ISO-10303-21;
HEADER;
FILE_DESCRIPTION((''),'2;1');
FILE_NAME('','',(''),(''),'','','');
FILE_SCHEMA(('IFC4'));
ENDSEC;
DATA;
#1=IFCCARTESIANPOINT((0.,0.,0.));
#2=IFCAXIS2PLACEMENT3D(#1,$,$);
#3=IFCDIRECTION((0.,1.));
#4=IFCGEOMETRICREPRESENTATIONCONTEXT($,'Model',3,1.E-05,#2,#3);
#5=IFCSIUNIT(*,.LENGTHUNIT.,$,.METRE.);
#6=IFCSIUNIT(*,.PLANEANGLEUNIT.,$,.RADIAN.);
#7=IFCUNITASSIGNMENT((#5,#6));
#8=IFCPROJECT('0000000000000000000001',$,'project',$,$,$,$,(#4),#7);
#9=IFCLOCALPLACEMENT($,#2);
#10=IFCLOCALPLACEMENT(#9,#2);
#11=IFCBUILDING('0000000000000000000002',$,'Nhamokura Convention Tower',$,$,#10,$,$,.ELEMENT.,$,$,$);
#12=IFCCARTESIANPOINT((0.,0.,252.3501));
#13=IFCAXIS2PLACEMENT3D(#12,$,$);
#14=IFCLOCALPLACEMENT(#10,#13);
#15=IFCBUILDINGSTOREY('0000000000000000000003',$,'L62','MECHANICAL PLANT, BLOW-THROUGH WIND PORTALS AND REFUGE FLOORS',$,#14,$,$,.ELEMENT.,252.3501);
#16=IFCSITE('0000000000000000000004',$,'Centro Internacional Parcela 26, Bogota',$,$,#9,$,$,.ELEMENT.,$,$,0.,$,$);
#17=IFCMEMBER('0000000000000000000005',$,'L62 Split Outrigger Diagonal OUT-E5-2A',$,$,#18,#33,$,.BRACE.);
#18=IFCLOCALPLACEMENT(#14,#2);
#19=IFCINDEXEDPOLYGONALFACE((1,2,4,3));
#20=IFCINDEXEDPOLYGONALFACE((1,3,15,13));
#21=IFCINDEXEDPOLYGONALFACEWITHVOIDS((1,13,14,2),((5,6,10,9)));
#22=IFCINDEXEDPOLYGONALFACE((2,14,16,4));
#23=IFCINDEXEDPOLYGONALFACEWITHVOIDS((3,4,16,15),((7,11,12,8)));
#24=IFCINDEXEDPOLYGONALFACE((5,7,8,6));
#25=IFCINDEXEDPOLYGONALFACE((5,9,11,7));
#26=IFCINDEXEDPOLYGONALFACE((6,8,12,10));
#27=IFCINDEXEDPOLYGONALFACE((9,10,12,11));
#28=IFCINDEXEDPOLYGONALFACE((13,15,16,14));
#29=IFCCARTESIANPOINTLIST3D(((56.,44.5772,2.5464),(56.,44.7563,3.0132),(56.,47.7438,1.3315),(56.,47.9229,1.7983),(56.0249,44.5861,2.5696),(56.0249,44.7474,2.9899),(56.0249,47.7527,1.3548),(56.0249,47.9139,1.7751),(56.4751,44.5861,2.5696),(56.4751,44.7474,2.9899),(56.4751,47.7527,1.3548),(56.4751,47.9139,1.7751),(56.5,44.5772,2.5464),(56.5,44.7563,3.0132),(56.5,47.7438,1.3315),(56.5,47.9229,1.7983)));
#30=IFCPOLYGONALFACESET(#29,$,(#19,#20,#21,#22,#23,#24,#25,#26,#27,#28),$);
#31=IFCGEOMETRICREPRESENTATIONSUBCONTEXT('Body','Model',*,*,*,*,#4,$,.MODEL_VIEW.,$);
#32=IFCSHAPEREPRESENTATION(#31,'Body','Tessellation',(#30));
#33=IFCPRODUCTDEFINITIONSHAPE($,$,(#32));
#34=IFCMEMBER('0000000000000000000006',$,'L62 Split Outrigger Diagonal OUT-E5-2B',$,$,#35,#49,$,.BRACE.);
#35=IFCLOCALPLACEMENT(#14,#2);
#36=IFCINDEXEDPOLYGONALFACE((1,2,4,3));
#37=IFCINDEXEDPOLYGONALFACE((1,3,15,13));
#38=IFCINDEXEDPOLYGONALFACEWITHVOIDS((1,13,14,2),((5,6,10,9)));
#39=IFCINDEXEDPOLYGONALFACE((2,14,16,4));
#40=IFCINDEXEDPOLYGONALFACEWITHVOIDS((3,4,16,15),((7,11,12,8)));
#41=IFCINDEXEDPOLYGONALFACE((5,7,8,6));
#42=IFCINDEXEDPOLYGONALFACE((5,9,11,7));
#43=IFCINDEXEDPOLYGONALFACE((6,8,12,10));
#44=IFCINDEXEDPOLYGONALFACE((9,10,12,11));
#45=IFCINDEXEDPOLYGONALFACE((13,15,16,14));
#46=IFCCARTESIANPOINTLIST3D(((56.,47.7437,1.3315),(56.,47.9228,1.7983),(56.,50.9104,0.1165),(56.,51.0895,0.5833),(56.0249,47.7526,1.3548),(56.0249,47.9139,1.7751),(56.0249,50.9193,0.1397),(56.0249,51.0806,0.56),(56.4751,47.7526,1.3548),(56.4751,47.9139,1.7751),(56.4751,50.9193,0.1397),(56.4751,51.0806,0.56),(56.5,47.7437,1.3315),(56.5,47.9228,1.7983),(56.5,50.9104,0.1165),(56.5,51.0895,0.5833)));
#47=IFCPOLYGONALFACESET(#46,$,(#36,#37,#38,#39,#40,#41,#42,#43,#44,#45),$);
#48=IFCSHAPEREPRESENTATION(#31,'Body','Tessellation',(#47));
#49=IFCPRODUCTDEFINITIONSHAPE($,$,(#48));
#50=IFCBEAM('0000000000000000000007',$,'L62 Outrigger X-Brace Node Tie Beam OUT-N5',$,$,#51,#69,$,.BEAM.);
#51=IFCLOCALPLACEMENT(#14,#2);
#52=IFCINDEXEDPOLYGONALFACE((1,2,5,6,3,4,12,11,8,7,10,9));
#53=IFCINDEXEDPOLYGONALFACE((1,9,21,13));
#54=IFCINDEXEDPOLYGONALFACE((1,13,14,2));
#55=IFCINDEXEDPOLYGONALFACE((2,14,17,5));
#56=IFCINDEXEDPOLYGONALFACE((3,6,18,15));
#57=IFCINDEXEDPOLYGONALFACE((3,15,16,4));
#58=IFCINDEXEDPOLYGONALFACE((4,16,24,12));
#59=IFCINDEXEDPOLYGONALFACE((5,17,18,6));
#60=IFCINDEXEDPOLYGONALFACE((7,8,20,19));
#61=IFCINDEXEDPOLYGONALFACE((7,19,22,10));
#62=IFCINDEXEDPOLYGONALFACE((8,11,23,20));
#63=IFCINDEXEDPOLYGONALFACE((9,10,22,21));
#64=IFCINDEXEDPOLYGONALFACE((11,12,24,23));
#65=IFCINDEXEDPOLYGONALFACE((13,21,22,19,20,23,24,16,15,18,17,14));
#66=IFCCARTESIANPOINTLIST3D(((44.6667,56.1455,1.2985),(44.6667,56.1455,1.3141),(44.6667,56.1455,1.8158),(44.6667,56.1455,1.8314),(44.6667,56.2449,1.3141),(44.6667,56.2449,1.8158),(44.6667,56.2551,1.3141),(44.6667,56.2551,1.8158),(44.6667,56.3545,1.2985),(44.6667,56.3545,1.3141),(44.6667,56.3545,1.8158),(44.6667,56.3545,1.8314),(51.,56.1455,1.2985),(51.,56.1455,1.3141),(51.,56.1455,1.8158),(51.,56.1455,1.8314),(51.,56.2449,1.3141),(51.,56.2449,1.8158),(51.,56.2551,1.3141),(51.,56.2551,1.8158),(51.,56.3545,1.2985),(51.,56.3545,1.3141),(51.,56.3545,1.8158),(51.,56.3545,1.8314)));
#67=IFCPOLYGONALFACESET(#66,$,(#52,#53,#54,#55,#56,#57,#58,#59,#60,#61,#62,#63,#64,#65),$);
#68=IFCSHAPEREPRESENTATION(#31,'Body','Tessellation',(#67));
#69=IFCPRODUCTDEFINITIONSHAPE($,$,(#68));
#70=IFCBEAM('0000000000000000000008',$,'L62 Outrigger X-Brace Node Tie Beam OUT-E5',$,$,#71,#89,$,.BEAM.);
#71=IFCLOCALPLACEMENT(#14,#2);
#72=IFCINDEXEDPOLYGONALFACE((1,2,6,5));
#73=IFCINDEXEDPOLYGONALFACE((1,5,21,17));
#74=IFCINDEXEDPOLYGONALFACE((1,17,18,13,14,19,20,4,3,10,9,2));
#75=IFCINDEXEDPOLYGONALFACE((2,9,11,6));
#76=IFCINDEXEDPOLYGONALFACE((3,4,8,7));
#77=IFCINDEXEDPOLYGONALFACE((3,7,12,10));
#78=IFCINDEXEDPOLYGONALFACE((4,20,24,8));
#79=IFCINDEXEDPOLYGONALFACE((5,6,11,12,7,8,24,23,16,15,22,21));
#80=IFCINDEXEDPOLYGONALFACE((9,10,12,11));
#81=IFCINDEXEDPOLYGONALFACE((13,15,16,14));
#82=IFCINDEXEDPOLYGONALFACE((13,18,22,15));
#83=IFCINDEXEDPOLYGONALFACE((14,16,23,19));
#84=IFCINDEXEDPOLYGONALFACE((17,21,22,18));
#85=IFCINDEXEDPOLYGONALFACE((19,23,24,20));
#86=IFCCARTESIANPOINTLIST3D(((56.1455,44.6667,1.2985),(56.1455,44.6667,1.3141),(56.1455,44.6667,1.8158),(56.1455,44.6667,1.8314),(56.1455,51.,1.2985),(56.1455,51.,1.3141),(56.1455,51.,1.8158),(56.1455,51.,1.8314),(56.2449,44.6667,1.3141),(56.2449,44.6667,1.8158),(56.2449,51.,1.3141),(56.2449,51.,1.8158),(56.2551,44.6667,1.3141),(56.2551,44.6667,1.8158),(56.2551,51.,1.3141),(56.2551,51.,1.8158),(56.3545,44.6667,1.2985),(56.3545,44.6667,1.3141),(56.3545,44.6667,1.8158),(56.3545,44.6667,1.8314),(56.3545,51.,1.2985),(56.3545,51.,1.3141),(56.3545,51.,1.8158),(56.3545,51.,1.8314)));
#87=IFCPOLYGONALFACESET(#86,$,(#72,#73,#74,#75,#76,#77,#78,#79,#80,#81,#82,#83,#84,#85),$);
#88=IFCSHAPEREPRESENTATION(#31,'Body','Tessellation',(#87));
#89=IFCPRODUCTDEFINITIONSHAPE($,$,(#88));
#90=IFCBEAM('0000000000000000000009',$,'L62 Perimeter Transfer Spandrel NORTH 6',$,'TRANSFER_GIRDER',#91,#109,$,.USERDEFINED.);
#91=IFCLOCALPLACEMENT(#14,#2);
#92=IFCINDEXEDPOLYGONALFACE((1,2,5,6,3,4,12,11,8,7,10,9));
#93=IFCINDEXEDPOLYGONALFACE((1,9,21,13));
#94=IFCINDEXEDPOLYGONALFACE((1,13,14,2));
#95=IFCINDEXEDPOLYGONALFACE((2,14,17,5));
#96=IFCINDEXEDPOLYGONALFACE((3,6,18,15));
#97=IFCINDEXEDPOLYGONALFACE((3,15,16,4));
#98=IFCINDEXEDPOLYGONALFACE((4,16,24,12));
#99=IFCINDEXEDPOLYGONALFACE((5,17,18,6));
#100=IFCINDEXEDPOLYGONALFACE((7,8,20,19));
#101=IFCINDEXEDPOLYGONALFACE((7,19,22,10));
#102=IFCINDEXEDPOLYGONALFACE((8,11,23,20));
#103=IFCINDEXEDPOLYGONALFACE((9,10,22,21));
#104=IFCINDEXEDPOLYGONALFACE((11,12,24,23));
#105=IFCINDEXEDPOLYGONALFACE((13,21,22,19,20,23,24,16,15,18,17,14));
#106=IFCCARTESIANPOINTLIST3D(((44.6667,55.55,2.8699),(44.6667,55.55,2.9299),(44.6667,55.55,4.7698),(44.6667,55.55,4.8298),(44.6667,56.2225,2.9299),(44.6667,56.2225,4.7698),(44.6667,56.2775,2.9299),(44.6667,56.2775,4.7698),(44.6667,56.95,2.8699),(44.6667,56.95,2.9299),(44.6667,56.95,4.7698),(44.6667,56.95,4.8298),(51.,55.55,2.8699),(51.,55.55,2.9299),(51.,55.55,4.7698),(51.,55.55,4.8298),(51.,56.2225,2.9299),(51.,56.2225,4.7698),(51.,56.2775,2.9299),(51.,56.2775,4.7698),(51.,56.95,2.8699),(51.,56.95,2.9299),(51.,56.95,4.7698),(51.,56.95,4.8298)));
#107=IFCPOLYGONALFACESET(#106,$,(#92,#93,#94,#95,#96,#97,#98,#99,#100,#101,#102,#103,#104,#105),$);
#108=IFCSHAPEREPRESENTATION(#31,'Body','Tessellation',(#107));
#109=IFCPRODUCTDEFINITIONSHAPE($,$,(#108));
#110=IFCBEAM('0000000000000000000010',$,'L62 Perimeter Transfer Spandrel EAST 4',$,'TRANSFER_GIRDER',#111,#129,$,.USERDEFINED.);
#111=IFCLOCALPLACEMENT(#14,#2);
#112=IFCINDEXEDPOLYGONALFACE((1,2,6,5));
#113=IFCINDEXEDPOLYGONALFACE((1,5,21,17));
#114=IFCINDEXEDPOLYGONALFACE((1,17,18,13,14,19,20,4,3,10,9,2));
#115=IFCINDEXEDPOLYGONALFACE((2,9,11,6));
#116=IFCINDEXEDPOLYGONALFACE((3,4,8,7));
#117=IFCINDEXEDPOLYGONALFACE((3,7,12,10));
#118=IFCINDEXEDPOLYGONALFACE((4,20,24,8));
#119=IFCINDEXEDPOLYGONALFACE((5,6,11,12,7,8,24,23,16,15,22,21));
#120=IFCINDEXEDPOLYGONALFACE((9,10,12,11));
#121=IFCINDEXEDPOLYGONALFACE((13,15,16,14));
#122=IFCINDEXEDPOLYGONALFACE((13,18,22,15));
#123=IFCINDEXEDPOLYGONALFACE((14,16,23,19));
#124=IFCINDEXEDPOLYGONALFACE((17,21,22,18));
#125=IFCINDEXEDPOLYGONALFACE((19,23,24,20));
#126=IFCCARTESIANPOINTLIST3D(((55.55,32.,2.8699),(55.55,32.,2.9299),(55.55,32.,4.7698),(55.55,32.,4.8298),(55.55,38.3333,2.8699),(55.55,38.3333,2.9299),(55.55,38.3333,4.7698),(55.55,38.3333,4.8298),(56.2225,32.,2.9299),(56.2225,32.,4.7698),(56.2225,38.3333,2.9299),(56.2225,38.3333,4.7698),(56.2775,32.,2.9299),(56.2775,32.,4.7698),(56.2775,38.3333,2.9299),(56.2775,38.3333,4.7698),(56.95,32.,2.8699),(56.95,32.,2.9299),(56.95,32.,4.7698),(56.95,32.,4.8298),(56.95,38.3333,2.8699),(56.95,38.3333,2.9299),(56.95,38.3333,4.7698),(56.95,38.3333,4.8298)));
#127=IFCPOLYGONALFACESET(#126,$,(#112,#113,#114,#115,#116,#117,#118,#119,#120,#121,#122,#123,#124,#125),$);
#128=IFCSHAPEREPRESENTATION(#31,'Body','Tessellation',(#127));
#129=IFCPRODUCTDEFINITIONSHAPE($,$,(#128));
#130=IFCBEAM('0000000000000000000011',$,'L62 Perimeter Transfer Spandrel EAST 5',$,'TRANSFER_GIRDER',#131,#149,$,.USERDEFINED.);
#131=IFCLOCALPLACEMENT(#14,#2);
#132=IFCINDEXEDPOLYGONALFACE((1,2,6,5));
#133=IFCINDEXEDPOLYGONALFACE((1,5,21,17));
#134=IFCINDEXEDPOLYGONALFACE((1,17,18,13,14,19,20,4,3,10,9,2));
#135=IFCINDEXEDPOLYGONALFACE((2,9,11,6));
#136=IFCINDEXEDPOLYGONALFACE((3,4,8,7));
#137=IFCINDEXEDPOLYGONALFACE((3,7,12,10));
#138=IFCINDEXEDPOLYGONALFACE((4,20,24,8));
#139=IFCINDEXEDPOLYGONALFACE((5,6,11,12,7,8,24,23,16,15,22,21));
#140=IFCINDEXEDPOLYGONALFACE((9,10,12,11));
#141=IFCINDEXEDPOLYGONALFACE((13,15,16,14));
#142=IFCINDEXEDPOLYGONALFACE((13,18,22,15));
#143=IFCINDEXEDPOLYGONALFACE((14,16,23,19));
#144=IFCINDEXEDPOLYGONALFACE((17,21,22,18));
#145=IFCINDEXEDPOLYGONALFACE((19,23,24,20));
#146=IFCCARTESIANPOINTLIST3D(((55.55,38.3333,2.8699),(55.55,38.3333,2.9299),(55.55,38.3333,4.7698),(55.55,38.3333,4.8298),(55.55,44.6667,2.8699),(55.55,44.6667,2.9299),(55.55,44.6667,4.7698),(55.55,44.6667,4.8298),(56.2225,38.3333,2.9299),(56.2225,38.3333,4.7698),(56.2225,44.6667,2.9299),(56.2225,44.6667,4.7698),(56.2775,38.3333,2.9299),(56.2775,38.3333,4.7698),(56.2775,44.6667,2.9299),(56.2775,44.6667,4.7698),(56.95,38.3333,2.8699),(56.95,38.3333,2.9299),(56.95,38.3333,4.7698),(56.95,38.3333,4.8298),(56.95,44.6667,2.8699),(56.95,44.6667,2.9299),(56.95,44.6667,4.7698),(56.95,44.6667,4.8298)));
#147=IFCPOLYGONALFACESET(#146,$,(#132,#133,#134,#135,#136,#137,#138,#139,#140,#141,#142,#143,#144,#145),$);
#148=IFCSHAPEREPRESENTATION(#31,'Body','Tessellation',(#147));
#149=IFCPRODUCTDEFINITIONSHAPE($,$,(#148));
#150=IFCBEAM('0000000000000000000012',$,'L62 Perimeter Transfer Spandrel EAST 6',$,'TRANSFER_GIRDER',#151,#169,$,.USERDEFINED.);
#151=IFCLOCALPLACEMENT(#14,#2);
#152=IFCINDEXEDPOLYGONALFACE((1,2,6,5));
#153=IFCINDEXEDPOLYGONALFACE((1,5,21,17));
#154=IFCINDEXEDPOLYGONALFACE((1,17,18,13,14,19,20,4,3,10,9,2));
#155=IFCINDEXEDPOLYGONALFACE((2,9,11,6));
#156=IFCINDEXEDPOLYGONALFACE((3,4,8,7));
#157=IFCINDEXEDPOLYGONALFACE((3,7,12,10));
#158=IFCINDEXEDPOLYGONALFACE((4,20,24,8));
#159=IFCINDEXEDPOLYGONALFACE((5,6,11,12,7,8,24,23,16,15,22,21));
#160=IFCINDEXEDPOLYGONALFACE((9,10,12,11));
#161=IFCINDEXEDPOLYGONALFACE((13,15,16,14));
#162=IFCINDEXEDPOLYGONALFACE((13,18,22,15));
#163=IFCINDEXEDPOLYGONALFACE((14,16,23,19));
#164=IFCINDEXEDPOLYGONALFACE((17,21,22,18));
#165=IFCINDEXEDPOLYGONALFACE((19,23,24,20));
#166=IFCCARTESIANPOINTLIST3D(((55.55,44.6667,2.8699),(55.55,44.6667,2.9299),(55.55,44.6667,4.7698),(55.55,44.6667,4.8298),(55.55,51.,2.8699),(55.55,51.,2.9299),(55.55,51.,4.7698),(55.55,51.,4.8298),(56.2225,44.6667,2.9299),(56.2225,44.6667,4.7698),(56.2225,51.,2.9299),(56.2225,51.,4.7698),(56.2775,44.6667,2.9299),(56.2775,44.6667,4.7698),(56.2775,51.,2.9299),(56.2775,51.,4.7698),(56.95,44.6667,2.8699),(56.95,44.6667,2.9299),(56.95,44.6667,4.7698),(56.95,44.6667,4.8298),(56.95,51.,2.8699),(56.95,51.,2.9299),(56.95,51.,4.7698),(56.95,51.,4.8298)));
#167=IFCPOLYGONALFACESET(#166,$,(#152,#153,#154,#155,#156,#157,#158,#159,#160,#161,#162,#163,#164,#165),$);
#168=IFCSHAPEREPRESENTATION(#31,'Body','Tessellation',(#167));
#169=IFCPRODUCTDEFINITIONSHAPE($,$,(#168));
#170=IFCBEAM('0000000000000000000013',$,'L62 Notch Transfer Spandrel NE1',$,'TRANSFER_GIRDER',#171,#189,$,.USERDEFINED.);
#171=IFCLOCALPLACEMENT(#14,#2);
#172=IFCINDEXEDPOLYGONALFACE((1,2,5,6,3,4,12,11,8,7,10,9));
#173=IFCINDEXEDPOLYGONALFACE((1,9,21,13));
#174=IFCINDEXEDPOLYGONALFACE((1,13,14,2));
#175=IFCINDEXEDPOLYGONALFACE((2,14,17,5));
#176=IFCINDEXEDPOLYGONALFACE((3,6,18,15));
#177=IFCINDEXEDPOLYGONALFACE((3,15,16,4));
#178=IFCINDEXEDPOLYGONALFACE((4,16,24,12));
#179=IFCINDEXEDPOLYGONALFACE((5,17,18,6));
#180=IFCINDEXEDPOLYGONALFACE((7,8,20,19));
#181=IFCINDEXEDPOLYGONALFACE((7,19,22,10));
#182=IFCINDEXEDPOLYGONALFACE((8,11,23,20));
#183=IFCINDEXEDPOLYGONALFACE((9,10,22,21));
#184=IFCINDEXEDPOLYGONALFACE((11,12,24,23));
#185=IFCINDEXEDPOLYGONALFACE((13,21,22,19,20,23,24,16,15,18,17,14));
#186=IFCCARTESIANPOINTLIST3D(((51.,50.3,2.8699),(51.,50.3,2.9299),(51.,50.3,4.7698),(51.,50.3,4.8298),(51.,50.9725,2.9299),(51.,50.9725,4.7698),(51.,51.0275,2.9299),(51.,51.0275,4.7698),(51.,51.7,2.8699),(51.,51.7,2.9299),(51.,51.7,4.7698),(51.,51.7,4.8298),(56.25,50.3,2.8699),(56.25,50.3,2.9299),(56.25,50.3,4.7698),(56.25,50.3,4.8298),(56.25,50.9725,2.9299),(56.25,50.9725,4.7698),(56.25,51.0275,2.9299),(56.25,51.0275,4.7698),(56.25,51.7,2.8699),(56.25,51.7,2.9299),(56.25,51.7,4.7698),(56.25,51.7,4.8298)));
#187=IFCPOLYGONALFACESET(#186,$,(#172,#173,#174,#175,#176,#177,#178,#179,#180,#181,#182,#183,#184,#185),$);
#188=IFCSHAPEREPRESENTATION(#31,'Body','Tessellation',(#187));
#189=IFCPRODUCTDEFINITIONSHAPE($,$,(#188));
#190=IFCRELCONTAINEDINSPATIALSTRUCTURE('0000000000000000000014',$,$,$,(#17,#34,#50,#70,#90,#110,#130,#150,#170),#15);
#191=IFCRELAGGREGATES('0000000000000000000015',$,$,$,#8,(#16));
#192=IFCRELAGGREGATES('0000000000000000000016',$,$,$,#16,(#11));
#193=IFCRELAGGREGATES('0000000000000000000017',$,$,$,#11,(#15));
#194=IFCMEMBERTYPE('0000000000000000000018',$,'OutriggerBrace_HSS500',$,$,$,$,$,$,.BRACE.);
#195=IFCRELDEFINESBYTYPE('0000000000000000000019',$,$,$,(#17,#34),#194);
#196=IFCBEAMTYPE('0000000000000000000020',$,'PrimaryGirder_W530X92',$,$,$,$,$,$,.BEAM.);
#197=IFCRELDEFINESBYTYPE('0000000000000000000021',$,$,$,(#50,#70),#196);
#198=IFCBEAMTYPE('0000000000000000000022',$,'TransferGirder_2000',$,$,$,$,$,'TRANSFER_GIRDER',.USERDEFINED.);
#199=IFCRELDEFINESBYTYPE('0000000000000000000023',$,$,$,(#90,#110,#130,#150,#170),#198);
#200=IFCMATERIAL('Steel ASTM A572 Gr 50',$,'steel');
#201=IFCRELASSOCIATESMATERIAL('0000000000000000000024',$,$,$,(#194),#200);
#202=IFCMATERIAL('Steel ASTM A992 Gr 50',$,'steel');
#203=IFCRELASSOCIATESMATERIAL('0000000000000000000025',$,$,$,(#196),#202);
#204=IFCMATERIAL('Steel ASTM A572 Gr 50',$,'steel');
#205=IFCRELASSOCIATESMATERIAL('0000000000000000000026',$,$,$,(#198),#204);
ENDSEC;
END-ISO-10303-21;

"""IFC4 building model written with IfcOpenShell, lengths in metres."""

from ifc_helpers import new_model, si_unit, direction, frame, origin, origin_2d, place, context, subcontext, project, spatial, hollow_rectangle, i_section, extrude, material, material_profile, profile_set, type_object, element, save


model = new_model("IFC4")

# Units and contexts
model_context = context("Model", 3, precision=1e-05, world=origin(), true_north=direction((0.0, 1.0)))
body_context = subcontext(model_context, "Body", "Model", "MODEL_VIEW")
ifc_project = project(units=[si_unit("LENGTHUNIT", "METRE"), si_unit("PLANEANGLEUNIT", "RADIAN")], contexts=[model_context])

# Site, building, storey
site_placement = place(None, origin())
site = spatial("IfcSite", under=ifc_project, at=site_placement, Name="Centro Internacional Parcela 26, Bogota", CompositionType="ELEMENT", RefElevation=0.0)
building_placement = place(site_placement, origin())
building = spatial("IfcBuilding", under=site, at=building_placement, Name="Nhamokura Convention Tower", CompositionType="ELEMENT")
storey_placement = place(building_placement, frame((0.0, 0.0, 252.3501)))
storey = spatial("IfcBuildingStorey", under=building, at=storey_placement, Name="L62", Description="MECHANICAL PLANT, BLOW-THROUGH WIND PORTALS AND REFUGE FLOORS", CompositionType="ELEMENT", Elevation=252.3501)

# Members
ifc_material_1 = material(Name="Steel ASTM A572 Gr 50", Category="steel")
ifc_material_profile_1 = material_profile(ifc_material_1, hollow_rectangle(XDim=0.5, YDim=0.5, WallThickness=0.0249, at=origin_2d()))
ifc_profile_set_1 = profile_set([ifc_material_profile_1], Name="Steel ASTM A572 Gr 50")
member_type = type_object("IfcMemberType", Name="OutriggerBrace_HSS500", PredefinedType="BRACE", material=ifc_profile_set_1)
member_1_placement = place(storey_placement, frame((56.25, 44.6667, 2.7798), z_axis=(0.0, 0.933646, -0.358198), x_axis=(-1.0, 0.0, 0.0)))
element("IfcMember", 1, at=member_1_placement, inside=storey, type_object=member_type, Name="L62 Split Outrigger Diagonal OUT-E5-2A", PredefinedType="BRACE", context=body_context, shape_type="SweptSolid", body=[
    extrude(hollow_rectangle(XDim=0.5, YDim=0.5, WallThickness=0.0249, at=origin_2d()), origin(), (0.0, 0.0, 1.0), 3.3916),
])
member_2_placement = place(storey_placement, frame((56.25, 47.8333, 1.5649), z_axis=(0.0, 0.933631, -0.358236), x_axis=(-1.0, 0.0, 0.0)))
element("IfcMember", 2, at=member_2_placement, inside=storey, type_object=member_type, Name="L62 Split Outrigger Diagonal OUT-E5-2B", PredefinedType="BRACE", context=body_context, shape_type="SweptSolid", body=[
    extrude(hollow_rectangle(XDim=0.5, YDim=0.5, WallThickness=0.0249, at=origin_2d()), origin(), (0.0, 0.0, 1.0), 3.3918),
])

# Beams
ifc_material_2 = material(Name="Steel ASTM A992 Gr 50", Category="steel")
ifc_material_profile_2 = material_profile(ifc_material_2, i_section(OverallWidth=0.209, OverallDepth=0.533, WebThickness=0.0103, FlangeThickness=0.0156, at=origin_2d()))
ifc_profile_set_2 = profile_set([ifc_material_profile_2], Name="Steel ASTM A992 Gr 50")
beam_type_1 = type_object("IfcBeamType", Name="PrimaryGirder_W530X92", PredefinedType="BEAM", material=ifc_profile_set_2)
for number, where, z_axis, x_axis, name in (
    (3, (44.6667, 56.25, 1.5649), (1.0, 0.0, 0.0), (0.0, 1.0, 0.0), "L62 Outrigger X-Brace Node Tie Beam OUT-N5"),
    (4, (56.25, 44.6667, 1.5649), (0.0, 1.0, 0.0), (-1.0, 0.0, 0.0), "L62 Outrigger X-Brace Node Tie Beam OUT-E5"),
):
    element("IfcBeam", number, at=place(storey_placement, frame(where, z_axis=z_axis, x_axis=x_axis)), inside=storey, type_object=beam_type_1, Name=name, PredefinedType="BEAM", context=body_context, shape_type="SweptSolid", body=[
        extrude(i_section(OverallWidth=0.209, OverallDepth=0.533, WebThickness=0.0103, FlangeThickness=0.0156, at=origin_2d()), origin(), (0.0, 0.0, 1.0), 6.3333),
    ])
ifc_material_3 = material(Name="Steel ASTM A572 Gr 50", Category="steel")
ifc_material_profile_3 = material_profile(ifc_material_3, i_section(OverallWidth=1.3999, OverallDepth=1.96, WebThickness=0.0549, FlangeThickness=0.0601, at=origin_2d()))
ifc_profile_set_3 = profile_set([ifc_material_profile_3], Name="Steel ASTM A572 Gr 50")
beam_type_2 = type_object("IfcBeamType", Name="TransferGirder_2000", ElementType="TRANSFER_GIRDER", PredefinedType="USERDEFINED", material=ifc_profile_set_3)
for number, where, z_axis, x_axis, name in (
    (5, (44.6667, 56.25, 3.8499), (1.0, 0.0, 0.0), (0.0, 1.0, 0.0), "L62 Perimeter Transfer Spandrel NORTH 6"),
    (6, (56.25, 32.0, 3.8499), (0.0, 1.0, 0.0), (-1.0, 0.0, 0.0), "L62 Perimeter Transfer Spandrel EAST 4"),
):
    element("IfcBeam", number, at=place(storey_placement, frame(where, z_axis=z_axis, x_axis=x_axis)), inside=storey, type_object=beam_type_2, Name=name, ObjectType="TRANSFER_GIRDER", PredefinedType="USERDEFINED", context=body_context, shape_type="SweptSolid", body=[
        extrude(i_section(OverallWidth=1.3999, OverallDepth=1.96, WebThickness=0.0549, FlangeThickness=0.0601, at=origin_2d()), origin(), (0.0, 0.0, 1.0), 6.3333),
    ])
beam_1_placement = place(storey_placement, frame((56.25, 38.3333, 3.8499), z_axis=(0.0, 1.0, 0.0), x_axis=(-1.0, 0.0, 0.0)))
element("IfcBeam", 7, at=beam_1_placement, inside=storey, type_object=beam_type_2, Name="L62 Perimeter Transfer Spandrel EAST 5", ObjectType="TRANSFER_GIRDER", PredefinedType="USERDEFINED", context=body_context, shape_type="SweptSolid", body=[
    extrude(i_section(OverallWidth=1.3999, OverallDepth=1.96, WebThickness=0.0549, FlangeThickness=0.0601, at=origin_2d()), origin(), (0.0, 0.0, 1.0), 6.3335),
])
beam_2_placement = place(storey_placement, frame((56.25, 44.6667, 3.8499), z_axis=(0.0, 1.0, 0.0), x_axis=(-1.0, 0.0, 0.0)))
element("IfcBeam", 8, at=beam_2_placement, inside=storey, type_object=beam_type_2, Name="L62 Perimeter Transfer Spandrel EAST 6", ObjectType="TRANSFER_GIRDER", PredefinedType="USERDEFINED", context=body_context, shape_type="SweptSolid", body=[
    extrude(i_section(OverallWidth=1.3999, OverallDepth=1.96, WebThickness=0.0549, FlangeThickness=0.0601, at=origin_2d()), origin(), (0.0, 0.0, 1.0), 6.3333),
])
for number, where, z_axis, x_axis, name in (
    (9, (56.25, 51.0, 3.8499), (-1.0, 0.0, 0.0), (0.0, -1.0, 0.0), "L62 Notch Transfer Spandrel NE1"),
):
    element("IfcBeam", number, at=place(storey_placement, frame(where, z_axis=z_axis, x_axis=x_axis)), inside=storey, type_object=beam_type_2, Name=name, ObjectType="TRANSFER_GIRDER", PredefinedType="USERDEFINED", context=body_context, shape_type="SweptSolid", body=[
        extrude(i_section(OverallWidth=1.3999, OverallDepth=1.96, WebThickness=0.0549, FlangeThickness=0.0601, at=origin_2d()), origin(), (0.0, 0.0, 1.0), 5.25),
    ])

save(model, "model.ifc")
